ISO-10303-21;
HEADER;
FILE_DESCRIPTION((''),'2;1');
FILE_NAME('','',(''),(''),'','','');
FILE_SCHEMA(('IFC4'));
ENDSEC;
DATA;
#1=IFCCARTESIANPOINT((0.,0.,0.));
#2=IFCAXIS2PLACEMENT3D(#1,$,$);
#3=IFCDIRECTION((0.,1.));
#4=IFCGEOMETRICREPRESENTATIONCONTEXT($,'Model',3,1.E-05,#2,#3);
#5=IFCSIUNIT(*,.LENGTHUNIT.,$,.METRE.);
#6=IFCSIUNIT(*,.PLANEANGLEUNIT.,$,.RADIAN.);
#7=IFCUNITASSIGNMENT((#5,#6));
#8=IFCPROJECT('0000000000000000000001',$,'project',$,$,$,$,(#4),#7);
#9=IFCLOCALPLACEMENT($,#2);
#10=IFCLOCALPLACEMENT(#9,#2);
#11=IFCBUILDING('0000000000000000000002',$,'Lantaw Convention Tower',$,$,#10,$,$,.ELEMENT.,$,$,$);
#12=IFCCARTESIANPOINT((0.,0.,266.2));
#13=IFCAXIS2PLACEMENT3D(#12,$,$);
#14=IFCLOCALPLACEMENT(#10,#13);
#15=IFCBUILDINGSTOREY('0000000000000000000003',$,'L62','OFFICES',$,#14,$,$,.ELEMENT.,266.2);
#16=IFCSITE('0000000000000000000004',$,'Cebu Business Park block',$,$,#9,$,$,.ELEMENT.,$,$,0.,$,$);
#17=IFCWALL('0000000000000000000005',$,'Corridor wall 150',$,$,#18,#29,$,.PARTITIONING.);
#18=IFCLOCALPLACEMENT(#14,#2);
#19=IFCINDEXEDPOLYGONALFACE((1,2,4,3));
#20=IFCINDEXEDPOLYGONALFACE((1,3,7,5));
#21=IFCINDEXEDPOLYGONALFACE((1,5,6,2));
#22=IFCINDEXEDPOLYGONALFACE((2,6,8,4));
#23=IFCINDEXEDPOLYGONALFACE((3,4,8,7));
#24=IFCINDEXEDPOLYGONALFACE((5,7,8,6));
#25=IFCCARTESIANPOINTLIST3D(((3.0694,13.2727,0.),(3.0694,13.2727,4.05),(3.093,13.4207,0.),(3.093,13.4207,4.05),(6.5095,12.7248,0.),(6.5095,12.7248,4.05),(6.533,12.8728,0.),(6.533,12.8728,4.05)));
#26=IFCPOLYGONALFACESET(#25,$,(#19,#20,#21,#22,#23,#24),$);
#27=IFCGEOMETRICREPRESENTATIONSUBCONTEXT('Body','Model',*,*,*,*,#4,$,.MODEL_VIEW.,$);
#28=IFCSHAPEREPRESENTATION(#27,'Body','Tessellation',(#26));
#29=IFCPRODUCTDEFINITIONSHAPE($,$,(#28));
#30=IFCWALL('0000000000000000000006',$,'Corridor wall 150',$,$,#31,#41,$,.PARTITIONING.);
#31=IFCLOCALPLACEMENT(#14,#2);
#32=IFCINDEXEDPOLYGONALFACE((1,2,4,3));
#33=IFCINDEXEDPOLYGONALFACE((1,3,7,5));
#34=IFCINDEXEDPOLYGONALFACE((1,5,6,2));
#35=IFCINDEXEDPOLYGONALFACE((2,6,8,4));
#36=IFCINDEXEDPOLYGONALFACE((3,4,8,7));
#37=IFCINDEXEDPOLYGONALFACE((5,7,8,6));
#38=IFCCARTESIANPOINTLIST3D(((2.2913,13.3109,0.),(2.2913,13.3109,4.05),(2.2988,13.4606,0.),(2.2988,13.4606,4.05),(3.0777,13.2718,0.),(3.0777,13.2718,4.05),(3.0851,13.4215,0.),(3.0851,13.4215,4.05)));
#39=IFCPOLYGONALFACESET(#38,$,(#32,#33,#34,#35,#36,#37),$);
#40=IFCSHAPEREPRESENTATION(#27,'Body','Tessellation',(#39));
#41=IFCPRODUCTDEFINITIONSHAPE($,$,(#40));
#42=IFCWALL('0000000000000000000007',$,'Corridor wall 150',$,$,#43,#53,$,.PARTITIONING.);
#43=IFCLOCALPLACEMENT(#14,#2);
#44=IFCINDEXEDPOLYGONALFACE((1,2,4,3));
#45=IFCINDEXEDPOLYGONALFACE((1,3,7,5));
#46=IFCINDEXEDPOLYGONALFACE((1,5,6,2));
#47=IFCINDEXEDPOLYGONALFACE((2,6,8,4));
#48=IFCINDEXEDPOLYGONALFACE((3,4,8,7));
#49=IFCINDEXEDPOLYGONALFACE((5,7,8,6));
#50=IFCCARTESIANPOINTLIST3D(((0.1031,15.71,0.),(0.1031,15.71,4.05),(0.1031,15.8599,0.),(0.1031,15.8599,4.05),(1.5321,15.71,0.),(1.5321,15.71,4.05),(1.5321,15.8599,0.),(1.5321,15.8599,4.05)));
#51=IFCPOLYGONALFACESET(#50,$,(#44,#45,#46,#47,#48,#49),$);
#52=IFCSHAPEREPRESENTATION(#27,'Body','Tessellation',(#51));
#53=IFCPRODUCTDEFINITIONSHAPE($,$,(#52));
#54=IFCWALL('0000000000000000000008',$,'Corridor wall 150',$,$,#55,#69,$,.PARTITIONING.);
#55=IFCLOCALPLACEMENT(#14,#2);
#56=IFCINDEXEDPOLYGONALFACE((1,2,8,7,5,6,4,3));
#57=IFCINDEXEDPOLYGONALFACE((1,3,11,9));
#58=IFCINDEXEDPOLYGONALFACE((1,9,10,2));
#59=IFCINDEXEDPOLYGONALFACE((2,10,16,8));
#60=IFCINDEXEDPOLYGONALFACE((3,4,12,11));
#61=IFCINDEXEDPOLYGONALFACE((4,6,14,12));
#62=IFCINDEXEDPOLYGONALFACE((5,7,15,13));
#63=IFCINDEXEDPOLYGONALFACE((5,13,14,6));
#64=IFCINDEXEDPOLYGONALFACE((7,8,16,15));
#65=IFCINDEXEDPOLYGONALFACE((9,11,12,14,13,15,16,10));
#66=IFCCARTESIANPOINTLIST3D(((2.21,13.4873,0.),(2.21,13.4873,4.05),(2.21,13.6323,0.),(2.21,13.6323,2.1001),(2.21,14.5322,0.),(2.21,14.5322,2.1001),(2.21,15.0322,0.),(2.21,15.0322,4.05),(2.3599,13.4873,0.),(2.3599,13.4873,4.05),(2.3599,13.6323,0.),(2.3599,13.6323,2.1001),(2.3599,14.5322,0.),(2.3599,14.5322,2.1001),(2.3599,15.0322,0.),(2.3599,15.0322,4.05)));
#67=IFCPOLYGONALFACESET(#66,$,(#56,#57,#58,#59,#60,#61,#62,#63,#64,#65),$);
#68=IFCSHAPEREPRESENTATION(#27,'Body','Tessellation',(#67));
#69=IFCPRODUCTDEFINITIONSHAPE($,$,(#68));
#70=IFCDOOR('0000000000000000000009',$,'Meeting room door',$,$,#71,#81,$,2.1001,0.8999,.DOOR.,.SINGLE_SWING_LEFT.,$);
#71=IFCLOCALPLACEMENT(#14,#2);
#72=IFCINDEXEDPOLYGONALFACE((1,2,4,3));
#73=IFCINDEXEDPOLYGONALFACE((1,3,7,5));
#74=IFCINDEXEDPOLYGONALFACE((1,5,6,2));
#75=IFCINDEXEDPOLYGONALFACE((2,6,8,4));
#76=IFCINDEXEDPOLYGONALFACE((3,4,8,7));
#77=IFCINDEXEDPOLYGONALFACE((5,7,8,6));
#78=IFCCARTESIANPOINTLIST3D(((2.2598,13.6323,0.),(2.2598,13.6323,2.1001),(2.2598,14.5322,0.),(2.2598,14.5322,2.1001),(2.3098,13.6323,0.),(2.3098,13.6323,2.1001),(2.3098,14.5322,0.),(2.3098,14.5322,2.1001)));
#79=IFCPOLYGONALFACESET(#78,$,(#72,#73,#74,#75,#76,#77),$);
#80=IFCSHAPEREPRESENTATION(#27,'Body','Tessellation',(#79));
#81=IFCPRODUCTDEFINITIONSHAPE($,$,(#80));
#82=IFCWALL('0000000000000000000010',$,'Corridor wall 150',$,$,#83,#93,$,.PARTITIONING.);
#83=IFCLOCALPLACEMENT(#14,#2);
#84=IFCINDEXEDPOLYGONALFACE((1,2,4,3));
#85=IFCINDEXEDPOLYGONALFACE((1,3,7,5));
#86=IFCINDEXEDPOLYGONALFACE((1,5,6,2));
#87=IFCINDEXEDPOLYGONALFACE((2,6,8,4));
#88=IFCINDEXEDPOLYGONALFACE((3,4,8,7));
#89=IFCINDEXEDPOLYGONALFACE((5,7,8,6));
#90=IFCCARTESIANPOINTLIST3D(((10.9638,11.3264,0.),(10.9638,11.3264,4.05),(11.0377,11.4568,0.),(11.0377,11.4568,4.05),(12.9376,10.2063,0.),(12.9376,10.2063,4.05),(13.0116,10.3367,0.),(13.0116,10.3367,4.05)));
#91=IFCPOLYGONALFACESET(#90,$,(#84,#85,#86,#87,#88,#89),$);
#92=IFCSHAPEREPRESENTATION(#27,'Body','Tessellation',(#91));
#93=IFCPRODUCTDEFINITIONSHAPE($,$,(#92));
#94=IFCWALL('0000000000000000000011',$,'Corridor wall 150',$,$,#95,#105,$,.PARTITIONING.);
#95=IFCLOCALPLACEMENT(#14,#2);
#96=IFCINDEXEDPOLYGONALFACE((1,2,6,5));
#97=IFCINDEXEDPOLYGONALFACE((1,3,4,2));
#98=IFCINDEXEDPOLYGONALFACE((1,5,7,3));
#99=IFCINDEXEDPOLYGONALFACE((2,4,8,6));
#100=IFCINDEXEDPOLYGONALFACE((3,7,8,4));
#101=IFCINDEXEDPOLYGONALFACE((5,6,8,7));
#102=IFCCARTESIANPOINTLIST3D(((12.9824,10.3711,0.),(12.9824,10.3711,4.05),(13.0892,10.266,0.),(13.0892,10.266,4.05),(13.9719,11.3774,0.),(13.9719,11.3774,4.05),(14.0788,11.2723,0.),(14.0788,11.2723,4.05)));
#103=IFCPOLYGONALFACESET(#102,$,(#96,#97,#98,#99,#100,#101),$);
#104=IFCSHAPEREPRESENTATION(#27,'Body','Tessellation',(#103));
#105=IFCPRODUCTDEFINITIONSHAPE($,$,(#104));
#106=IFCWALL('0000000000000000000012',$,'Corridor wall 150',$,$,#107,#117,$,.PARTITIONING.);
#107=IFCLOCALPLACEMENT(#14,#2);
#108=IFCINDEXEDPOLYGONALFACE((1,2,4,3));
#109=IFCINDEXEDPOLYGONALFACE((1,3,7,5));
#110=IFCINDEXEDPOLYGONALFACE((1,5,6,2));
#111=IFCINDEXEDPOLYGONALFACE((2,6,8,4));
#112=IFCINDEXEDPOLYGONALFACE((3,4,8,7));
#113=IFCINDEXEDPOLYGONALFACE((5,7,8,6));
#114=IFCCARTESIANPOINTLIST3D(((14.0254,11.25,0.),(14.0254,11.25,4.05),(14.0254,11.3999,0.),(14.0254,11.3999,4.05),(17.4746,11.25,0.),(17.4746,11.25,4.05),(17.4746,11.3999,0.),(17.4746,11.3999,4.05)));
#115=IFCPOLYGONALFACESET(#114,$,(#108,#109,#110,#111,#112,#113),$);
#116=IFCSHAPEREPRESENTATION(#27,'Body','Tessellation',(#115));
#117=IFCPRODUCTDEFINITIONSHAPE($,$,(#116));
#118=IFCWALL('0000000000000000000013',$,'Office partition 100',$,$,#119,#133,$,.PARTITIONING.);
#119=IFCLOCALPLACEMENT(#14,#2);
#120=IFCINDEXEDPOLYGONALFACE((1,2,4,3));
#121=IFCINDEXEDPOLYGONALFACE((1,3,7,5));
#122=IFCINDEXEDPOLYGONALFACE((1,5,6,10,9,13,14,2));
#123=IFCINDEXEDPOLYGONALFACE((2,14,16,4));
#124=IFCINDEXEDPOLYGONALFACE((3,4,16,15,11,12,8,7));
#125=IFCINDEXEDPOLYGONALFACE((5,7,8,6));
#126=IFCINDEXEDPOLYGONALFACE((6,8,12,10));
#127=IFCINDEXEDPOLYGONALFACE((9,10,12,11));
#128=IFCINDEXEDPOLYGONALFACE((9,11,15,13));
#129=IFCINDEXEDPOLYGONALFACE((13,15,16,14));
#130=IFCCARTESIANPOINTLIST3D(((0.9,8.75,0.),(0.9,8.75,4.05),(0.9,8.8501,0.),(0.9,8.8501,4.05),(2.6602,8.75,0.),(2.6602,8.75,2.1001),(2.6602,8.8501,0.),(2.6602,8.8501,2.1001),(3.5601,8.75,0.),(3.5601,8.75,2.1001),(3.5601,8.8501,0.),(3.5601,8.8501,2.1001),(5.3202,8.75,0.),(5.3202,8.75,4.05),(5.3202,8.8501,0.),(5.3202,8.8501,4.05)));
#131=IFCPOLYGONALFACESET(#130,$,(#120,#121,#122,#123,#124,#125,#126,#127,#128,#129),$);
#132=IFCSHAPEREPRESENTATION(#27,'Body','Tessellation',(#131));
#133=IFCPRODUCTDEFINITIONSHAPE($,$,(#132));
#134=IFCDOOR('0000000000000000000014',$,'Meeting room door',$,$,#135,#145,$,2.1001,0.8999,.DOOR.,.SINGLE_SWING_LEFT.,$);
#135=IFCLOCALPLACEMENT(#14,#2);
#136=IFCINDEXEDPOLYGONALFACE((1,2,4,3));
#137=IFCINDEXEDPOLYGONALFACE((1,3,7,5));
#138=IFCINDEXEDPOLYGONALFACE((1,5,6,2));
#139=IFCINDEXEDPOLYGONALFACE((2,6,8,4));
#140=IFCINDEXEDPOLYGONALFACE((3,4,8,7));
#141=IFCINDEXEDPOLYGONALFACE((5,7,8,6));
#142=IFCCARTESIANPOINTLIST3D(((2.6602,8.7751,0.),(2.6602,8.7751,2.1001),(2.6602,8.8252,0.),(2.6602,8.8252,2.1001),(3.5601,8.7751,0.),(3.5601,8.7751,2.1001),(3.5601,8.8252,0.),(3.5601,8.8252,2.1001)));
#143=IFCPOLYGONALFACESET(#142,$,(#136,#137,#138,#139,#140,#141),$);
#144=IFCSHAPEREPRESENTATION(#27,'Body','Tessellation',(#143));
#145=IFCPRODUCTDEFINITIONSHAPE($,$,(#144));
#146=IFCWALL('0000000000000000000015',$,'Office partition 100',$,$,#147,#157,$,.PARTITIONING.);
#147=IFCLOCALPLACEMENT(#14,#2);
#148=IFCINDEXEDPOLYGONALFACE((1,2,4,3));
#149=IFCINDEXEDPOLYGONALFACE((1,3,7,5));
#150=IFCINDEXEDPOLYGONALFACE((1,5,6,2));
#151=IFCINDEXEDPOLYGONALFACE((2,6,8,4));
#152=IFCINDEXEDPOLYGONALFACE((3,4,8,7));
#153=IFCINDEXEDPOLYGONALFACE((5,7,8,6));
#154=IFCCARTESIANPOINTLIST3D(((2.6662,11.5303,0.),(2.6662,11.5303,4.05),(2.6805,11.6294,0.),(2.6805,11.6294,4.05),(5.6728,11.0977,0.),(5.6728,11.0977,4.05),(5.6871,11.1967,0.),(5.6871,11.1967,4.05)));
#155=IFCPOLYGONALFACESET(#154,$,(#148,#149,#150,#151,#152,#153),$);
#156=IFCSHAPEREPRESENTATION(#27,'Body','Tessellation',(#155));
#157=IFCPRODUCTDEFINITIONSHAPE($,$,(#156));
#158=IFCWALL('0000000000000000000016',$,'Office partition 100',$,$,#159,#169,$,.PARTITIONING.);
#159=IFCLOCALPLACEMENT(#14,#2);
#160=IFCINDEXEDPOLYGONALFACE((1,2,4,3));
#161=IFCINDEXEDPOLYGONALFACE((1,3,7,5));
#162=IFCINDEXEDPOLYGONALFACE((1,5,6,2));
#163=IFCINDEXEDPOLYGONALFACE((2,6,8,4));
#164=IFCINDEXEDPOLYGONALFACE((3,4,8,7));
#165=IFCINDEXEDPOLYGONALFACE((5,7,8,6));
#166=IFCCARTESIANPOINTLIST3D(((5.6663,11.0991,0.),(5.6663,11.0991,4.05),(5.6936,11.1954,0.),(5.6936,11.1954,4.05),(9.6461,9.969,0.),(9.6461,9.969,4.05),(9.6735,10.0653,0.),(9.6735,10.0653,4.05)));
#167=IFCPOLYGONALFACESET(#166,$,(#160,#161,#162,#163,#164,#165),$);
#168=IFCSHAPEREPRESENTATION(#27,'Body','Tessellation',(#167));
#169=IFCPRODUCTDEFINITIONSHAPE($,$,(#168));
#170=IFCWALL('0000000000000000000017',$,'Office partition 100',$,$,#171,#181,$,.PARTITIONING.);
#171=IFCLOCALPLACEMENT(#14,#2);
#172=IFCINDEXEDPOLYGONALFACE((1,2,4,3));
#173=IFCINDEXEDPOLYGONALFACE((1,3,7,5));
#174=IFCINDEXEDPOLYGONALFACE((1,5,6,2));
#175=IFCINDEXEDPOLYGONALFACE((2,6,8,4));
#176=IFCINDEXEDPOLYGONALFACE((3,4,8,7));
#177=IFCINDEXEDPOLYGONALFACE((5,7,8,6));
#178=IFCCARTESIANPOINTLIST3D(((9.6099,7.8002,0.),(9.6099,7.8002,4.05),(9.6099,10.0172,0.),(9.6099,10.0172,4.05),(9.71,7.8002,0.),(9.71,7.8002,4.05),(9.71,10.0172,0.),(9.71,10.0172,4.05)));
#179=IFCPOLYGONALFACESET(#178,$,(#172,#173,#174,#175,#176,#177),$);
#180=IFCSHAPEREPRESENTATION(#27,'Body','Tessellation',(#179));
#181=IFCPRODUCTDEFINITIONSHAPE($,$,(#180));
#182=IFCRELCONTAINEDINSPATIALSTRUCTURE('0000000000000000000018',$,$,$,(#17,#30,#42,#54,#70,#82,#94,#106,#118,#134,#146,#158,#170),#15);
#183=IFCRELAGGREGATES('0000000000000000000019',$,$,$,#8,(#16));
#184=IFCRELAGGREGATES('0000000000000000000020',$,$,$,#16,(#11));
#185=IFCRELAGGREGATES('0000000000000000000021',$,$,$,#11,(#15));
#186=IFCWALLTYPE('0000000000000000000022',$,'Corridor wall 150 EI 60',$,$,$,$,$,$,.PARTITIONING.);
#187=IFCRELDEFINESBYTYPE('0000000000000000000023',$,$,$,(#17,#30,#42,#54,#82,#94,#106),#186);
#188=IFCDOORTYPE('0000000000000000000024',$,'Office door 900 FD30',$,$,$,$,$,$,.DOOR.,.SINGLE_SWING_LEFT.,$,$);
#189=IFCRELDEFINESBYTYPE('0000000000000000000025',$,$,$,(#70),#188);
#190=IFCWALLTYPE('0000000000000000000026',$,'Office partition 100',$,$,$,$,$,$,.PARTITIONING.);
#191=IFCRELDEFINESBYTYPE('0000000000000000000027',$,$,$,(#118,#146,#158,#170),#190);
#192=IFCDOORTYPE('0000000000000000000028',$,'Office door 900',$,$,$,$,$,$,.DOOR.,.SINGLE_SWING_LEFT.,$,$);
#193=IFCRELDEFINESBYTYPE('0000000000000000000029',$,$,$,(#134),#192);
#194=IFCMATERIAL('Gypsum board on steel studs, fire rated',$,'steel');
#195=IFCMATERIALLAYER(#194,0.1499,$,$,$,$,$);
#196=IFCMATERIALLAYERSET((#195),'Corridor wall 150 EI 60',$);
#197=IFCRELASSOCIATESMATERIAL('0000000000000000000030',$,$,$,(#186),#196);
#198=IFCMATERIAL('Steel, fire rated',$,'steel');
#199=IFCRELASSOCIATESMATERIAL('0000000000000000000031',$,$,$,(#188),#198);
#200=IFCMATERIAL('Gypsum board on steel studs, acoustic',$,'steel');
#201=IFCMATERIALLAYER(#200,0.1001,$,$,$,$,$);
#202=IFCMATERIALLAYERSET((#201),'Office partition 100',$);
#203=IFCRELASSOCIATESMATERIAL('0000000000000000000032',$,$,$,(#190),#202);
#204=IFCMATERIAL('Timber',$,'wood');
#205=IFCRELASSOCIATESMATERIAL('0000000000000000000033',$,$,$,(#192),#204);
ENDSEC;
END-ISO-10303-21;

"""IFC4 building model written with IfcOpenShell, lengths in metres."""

from ifc_helpers import new_model, si_unit, direction, frame, frame_2d, origin, place, context, subcontext, project, spatial, rectangle, extrude, material, layer, layer_set, type_object, element, fill, save


model = new_model("IFC4")

# Units and contexts
model_context = context("Model", 3, precision=1e-05, world=origin(), true_north=direction((0.0, 1.0)))
body_context = subcontext(model_context, "Body", "Model", "MODEL_VIEW")
ifc_project = project(units=[si_unit("LENGTHUNIT", "METRE"), si_unit("PLANEANGLEUNIT", "RADIAN")], contexts=[model_context])

# Site, building, storey
site_placement = place(None, origin())
site = spatial("IfcSite", under=ifc_project, at=site_placement, Name="Cebu Business Park block", CompositionType="ELEMENT", RefElevation=0.0)
building_placement = place(site_placement, origin())
building = spatial("IfcBuilding", under=site, at=building_placement, Name="Lantaw Convention Tower", CompositionType="ELEMENT")
storey_placement = place(building_placement, frame((0.0, 0.0, 266.2)))
storey = spatial("IfcBuildingStorey", under=building, at=storey_placement, Name="L62", Description="OFFICES", CompositionType="ELEMENT", Elevation=266.2)

# Shared definitions
ifc_material_1 = material(Name="Gypsum board on steel studs, fire rated", Category="steel")
ifc_layer_1 = layer(ifc_material_1, 0.1499)
ifc_layer_set_1 = layer_set([ifc_layer_1], Name="Corridor wall 150 EI 60")
wall_type_1 = type_object("IfcWallType", Name="Corridor wall 150 EI 60", PredefinedType="PARTITIONING", material=ifc_layer_set_1)
ifc_material_2 = material(Name="Steel, fire rated", Category="steel")

# Walls
wall_1_placement = place(storey_placement, frame((6.5212, 12.7988, 0.0), z_axis=(0.0, 0.0, 1.0), x_axis=(-0.987554, 0.15728, 0.0)))
element("IfcWall", 1, at=wall_1_placement, inside=storey, type_object=wall_type_1, Name="Corridor wall 150", PredefinedType="PARTITIONING", context=body_context, shape_type="SweptSolid", body=[
    extrude(rectangle(XDim=3.4834, YDim=0.1499, at=frame_2d((1.7417, 0.0))), origin(), (0.0, 0.0, 1.0), 4.05),
])
wall_2_placement = place(storey_placement, frame((3.0813, 13.3467, 0.0), z_axis=(0.0, 0.0, 1.0), x_axis=(-0.998769, 0.049613, 0.0)))
element("IfcWall", 2, at=wall_2_placement, inside=storey, type_object=wall_type_1, Name="Corridor wall 150", PredefinedType="PARTITIONING", context=body_context, shape_type="SweptSolid", body=[
    extrude(rectangle(XDim=0.7874, YDim=0.1499, at=frame_2d((0.3936, 0.0))), origin(), (0.0, 0.0, 1.0), 4.05),
])
wall_3_placement = place(storey_placement, frame((0.1033, 15.7849, 0.0), z_axis=(0.0, 0.0, 1.0), x_axis=(1.0, 0.0, 0.0)))
element("IfcWall", 3, at=wall_3_placement, inside=storey, type_object=wall_type_1, Name="Corridor wall 150", PredefinedType="PARTITIONING", context=body_context, shape_type="SweptSolid", body=[
    extrude(rectangle(XDim=1.429, YDim=0.1499, at=frame_2d((0.7144, 0.0))), origin(), (0.0, 0.0, 1.0), 4.05),
])

# Wall, opening, door
wall_4_placement = place(storey_placement, frame((2.2849, 15.0322, 0.0), z_axis=(0.0, 0.0, 1.0), x_axis=(0.0, -1.0, 0.0)))
wall_4 = element("IfcWall", 4, at=wall_4_placement, inside=storey, type_object=wall_type_1, Name="Corridor wall 150", PredefinedType="PARTITIONING", context=body_context, shape_type="SweptSolid", body=[
    extrude(rectangle(XDim=1.5449, YDim=0.1499, at=frame_2d((0.7725, 0.0))), origin(), (0.0, 0.0, 1.0), 4.05),
])
opening_1_placement = place(wall_4_placement, frame((0.5, 0.0, 0.0)))
opening_1 = element("IfcOpeningElement", 5, at=opening_1_placement, cuts=wall_4, PredefinedType="OPENING", context=body_context, shape_type="SweptSolid", body=[
    extrude(rectangle(XDim=0.8999, YDim=2.1001, at=frame_2d((0.45, 1.05))), frame((0.0, 0.085, 0.0), z_axis=(0.0, -1.0, 0.0), x_axis=(1.0, 0.0, 0.0)), (0.0, 0.0, 1.0), 0.1699),
])
door_type_1 = type_object("IfcDoorType", Name="Office door 900 FD30", OperationType="SINGLE_SWING_LEFT", PredefinedType="DOOR", material=ifc_material_2)
door_1_placement = place(opening_1_placement, origin())
door_1 = element("IfcDoor", 6, at=door_1_placement, inside=storey, type_object=door_type_1, Name="Meeting room door", OperationType="SINGLE_SWING_LEFT", OverallHeight=2.1001, OverallWidth=0.8999, PredefinedType="DOOR", context=body_context, shape_type="SweptSolid", body=[
    extrude(rectangle(XDim=0.8999, YDim=2.1001, at=frame_2d((0.45, 1.05))), frame((0.0, 0.0249, 0.0), z_axis=(0.0, -1.0, 0.0), x_axis=(1.0, 0.0, 0.0)), (0.0, 0.0, 1.0), 0.05),
])
fill(opening_1, door_1)

# Walls
wall_5_placement = place(storey_placement, frame((12.9746, 10.2715, 0.0), z_axis=(0.0, 0.0, 1.0), x_axis=(-0.869722, 0.493542, 0.0)))
element("IfcWall", 7, at=wall_5_placement, inside=storey, type_object=wall_type_1, Name="Corridor wall 150", PredefinedType="PARTITIONING", context=body_context, shape_type="SweptSolid", body=[
    extrude(rectangle(XDim=2.2695, YDim=0.1499, at=frame_2d((1.1348, 0.0))), origin(), (0.0, 0.0, 1.0), 4.05),
])
wall_6_placement = place(storey_placement, frame((13.0359, 10.3186, 0.0), z_axis=(0.0, 0.0, 1.0), x_axis=(0.701114, 0.71305, 0.0)))
element("IfcWall", 8, at=wall_6_placement, inside=storey, type_object=wall_type_1, Name="Corridor wall 150", PredefinedType="PARTITIONING", context=body_context, shape_type="SweptSolid", body=[
    extrude(rectangle(XDim=1.4114, YDim=0.1499, at=frame_2d((0.7056, 0.0))), origin(), (0.0, 0.0, 1.0), 4.05),
])
wall_7_placement = place(storey_placement, frame((14.0254, 11.325, 0.0), z_axis=(0.0, 0.0, 1.0), x_axis=(1.0, 0.0, 0.0)))
element("IfcWall", 9, at=wall_7_placement, inside=storey, type_object=wall_type_1, Name="Corridor wall 150", PredefinedType="PARTITIONING", context=body_context, shape_type="SweptSolid", body=[
    extrude(rectangle(XDim=3.4492, YDim=0.1499, at=frame_2d((1.7246, 0.0))), origin(), (0.0, 0.0, 1.0), 4.05),
])

# Wall, opening, door
ifc_material_3 = material(Name="Gypsum board on steel studs, acoustic", Category="steel")
ifc_layer_2 = layer(ifc_material_3, 0.1001)
ifc_layer_set_2 = layer_set([ifc_layer_2], Name="Office partition 100")
wall_type_2 = type_object("IfcWallType", Name="Office partition 100", PredefinedType="PARTITIONING", material=ifc_layer_set_2)
wall_8_placement = place(storey_placement, frame((5.3201, 8.8, 0.0), z_axis=(0.0, 0.0, 1.0), x_axis=(-1.0, 0.0, 0.0)))
wall_8 = element("IfcWall", 10, at=wall_8_placement, inside=storey, type_object=wall_type_2, Name="Office partition 100", PredefinedType="PARTITIONING", context=body_context, shape_type="SweptSolid", body=[
    extrude(rectangle(XDim=4.4202, YDim=0.1001, at=frame_2d((2.21, 0.0))), origin(), (0.0, 0.0, 1.0), 4.05),
])
opening_2_placement = place(wall_8_placement, frame((1.76, 0.0, 0.0)))
opening_2 = element("IfcOpeningElement", 11, at=opening_2_placement, cuts=wall_8, PredefinedType="OPENING", context=body_context, shape_type="SweptSolid", body=[
    extrude(rectangle(XDim=0.8999, YDim=2.1001, at=frame_2d((0.45, 1.05))), frame((0.0, 0.0601, 0.0), z_axis=(0.0, -1.0, 0.0), x_axis=(1.0, 0.0, 0.0)), (0.0, 0.0, 1.0), 0.1201),
])
ifc_material_4 = material(Name="Timber", Category="wood")
door_type_2 = type_object("IfcDoorType", Name="Office door 900", OperationType="SINGLE_SWING_LEFT", PredefinedType="DOOR", material=ifc_material_4)
door_2_placement = place(opening_2_placement, origin())
door_2 = element("IfcDoor", 12, at=door_2_placement, inside=storey, type_object=door_type_2, Name="Meeting room door", OperationType="SINGLE_SWING_LEFT", OverallHeight=2.1001, OverallWidth=0.8999, PredefinedType="DOOR", context=body_context, shape_type="SweptSolid", body=[
    extrude(rectangle(XDim=0.8999, YDim=2.1001, at=frame_2d((0.45, 1.05))), frame((0.0, 0.0249, 0.0), z_axis=(0.0, -1.0, 0.0), x_axis=(1.0, 0.0, 0.0)), (0.0, 0.0, 1.0), 0.05),
])
fill(opening_2, door_2)

# Walls
wall_9_placement = place(storey_placement, frame((2.6733, 11.5798, 0.0), z_axis=(0.0, 0.0, 1.0), x_axis=(0.989806, -0.142423, 0.0)))
element("IfcWall", 13, at=wall_9_placement, inside=storey, type_object=wall_type_2, Name="Office partition 100", PredefinedType="PARTITIONING", context=body_context, shape_type="SweptSolid", body=[
    extrude(rectangle(XDim=3.0376, YDim=0.1001, at=frame_2d((1.5188, 0.0))), origin(), (0.0, 0.0, 1.0), 4.05),
])
wall_10_placement = place(storey_placement, frame((5.6799, 11.1472, 0.0), z_axis=(0.0, 0.0, 1.0), x_axis=(0.96197, -0.273154, 0.0)))
element("IfcWall", 14, at=wall_10_placement, inside=storey, type_object=wall_type_2, Name="Office partition 100", PredefinedType="PARTITIONING", context=body_context, shape_type="SweptSolid", body=[
    extrude(rectangle(XDim=4.1372, YDim=0.1001, at=frame_2d((2.0686, 0.0))), origin(), (0.0, 0.0, 1.0), 4.05),
])
wall_11_placement = place(storey_placement, frame((9.6599, 10.0171, 0.0), z_axis=(0.0, 0.0, 1.0), x_axis=(0.0, -1.0, 0.0)))
element("IfcWall", 15, at=wall_11_placement, inside=storey, type_object=wall_type_2, Name="Office partition 100", PredefinedType="PARTITIONING", context=body_context, shape_type="SweptSolid", body=[
    extrude(rectangle(XDim=2.217, YDim=0.1001, at=frame_2d((1.1084, 0.0))), origin(), (0.0, 0.0, 1.0), 4.05),
])

save(model, "model.ifc")
